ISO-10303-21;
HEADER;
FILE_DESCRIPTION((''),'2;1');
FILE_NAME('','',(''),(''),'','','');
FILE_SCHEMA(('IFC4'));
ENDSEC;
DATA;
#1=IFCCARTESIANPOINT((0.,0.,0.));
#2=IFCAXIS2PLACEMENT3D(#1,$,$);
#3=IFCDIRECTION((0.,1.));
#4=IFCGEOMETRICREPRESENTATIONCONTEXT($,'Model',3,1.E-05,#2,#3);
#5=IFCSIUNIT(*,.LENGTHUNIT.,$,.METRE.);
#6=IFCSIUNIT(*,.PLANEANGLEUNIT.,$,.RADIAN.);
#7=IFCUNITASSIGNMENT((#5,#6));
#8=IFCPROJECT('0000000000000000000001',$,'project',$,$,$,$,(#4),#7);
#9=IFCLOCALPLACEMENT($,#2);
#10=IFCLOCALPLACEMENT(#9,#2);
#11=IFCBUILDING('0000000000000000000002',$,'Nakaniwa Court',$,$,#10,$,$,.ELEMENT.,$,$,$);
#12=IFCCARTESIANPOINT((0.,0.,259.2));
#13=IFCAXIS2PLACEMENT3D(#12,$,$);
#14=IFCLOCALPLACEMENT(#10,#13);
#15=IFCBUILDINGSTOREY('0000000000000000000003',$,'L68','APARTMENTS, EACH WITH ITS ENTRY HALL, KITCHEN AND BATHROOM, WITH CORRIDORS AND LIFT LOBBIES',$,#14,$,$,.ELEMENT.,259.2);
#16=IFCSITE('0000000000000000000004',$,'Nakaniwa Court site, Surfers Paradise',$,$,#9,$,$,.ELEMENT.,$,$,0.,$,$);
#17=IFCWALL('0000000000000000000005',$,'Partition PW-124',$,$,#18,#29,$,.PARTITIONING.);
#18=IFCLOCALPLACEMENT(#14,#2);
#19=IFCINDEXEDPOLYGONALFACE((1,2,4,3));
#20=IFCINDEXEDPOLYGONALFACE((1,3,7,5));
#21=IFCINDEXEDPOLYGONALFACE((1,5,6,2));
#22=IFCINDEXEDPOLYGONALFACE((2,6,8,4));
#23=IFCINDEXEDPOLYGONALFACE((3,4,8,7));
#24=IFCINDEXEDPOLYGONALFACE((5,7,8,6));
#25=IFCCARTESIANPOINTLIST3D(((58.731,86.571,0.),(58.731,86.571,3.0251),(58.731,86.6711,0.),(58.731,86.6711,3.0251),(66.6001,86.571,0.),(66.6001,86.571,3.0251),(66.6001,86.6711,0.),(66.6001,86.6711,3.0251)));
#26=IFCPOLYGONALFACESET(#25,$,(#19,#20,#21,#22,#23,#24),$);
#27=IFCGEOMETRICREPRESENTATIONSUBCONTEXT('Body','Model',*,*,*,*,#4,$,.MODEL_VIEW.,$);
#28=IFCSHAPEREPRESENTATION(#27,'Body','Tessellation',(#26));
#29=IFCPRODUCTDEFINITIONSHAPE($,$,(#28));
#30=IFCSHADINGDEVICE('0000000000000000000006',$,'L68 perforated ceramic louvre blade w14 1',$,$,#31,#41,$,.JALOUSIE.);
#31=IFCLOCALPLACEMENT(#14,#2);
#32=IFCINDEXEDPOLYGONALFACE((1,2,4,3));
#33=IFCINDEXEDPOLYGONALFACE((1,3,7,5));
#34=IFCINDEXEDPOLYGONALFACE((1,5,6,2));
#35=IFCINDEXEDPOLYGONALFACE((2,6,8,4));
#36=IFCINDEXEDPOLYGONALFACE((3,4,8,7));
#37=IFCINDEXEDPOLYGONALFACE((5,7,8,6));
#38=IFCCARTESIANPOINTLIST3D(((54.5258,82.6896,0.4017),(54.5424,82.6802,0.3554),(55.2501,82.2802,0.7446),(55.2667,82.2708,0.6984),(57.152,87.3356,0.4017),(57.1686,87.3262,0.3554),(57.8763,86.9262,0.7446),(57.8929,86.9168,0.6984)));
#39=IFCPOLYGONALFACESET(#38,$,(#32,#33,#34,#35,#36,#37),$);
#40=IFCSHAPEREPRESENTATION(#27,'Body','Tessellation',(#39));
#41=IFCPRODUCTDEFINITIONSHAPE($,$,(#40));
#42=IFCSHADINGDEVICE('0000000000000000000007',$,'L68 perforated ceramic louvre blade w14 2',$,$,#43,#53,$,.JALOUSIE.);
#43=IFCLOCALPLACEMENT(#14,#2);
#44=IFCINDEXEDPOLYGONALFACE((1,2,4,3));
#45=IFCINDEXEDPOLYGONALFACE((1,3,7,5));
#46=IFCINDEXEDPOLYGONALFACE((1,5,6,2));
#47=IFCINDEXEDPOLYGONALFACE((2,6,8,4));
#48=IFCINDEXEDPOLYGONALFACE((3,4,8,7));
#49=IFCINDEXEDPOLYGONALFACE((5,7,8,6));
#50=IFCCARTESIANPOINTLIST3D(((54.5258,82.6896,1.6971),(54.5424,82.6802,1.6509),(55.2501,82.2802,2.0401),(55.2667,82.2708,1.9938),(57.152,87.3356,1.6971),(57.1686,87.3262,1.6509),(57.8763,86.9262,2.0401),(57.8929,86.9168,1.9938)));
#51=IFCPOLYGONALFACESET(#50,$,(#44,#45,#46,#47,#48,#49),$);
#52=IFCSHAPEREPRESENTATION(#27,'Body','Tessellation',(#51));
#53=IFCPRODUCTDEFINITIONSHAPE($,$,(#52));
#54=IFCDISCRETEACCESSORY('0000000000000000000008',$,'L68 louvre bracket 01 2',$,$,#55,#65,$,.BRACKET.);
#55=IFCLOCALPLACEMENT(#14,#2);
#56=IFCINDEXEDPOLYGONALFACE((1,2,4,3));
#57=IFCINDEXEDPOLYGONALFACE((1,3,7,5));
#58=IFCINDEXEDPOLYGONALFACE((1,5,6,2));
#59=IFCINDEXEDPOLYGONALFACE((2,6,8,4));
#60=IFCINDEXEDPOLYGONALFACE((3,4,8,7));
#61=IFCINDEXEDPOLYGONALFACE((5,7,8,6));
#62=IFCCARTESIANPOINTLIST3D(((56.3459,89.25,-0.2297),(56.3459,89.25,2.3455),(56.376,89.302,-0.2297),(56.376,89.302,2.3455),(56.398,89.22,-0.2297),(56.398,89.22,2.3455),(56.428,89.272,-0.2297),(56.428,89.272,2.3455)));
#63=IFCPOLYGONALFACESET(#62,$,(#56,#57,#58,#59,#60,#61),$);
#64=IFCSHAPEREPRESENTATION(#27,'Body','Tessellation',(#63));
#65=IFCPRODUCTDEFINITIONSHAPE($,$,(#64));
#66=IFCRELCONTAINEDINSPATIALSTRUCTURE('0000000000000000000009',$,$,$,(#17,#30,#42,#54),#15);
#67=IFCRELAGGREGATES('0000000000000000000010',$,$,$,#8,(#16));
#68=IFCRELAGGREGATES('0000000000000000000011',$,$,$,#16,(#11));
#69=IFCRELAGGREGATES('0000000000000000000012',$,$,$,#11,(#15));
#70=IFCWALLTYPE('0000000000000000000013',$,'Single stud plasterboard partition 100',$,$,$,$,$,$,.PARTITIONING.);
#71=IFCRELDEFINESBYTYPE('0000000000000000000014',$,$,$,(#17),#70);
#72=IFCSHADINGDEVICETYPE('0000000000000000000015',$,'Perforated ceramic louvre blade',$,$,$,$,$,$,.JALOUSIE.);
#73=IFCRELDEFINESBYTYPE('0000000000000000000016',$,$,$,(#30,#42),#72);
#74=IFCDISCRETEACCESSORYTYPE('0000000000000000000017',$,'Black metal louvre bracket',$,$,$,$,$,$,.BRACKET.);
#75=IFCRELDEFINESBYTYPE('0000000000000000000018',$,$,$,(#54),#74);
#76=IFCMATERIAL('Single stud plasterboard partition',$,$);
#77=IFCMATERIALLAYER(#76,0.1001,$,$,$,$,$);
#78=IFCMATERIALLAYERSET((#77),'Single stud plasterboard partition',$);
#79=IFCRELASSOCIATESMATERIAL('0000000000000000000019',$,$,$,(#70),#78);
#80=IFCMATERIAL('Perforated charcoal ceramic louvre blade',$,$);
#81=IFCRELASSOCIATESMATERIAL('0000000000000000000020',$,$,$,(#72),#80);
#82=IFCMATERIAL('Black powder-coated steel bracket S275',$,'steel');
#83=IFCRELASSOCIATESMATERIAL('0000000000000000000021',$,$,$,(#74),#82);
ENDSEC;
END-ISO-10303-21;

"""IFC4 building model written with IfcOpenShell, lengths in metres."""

from ifc_helpers import new_model, si_unit, direction, frame, frame_2d, origin, origin_2d, place, context, subcontext, project, spatial, rectangle, extrude, material, layer, layer_set, material_profile, profile_set, type_object, element, save


model = new_model("IFC4")

# Units and contexts
model_context = context("Model", 3, precision=1e-05, world=origin(), true_north=direction((0.0, 1.0)))
body_context = subcontext(model_context, "Body", "Model", "MODEL_VIEW")
ifc_project = project(units=[si_unit("LENGTHUNIT", "METRE"), si_unit("PLANEANGLEUNIT", "RADIAN")], contexts=[model_context])

# Site, building, storey
site_placement = place(None, origin())
site = spatial("IfcSite", under=ifc_project, at=site_placement, Name="Nakaniwa Court site, Surfers Paradise", CompositionType="ELEMENT", RefElevation=0.0)
building_placement = place(site_placement, origin())
building = spatial("IfcBuilding", under=site, at=building_placement, Name="Nakaniwa Court", CompositionType="ELEMENT")
storey_placement = place(building_placement, frame((0.0, 0.0, 259.2)))
storey = spatial("IfcBuildingStorey", under=building, at=storey_placement, Name="L68", Description="APARTMENTS, EACH WITH ITS ENTRY HALL, KITCHEN AND BATHROOM, WITH CORRIDORS AND LIFT LOBBIES", CompositionType="ELEMENT", Elevation=259.2)

# Wall
ifc_material_1 = material(Name="Single stud plasterboard partition")
ifc_layer_1 = layer(ifc_material_1, 0.1001)
ifc_layer_set_1 = layer_set([ifc_layer_1], Name="Single stud plasterboard partition")
wall_type_1 = type_object("IfcWallType", Name="Single stud plasterboard partition 100", PredefinedType="PARTITIONING", material=ifc_layer_set_1)
wall_1_placement = place(storey_placement, frame((58.731, 86.6211, 0.0), z_axis=(0.0, 0.0, 1.0), x_axis=(1.0, 0.0, 0.0)))
element("IfcWall", 1, at=wall_1_placement, inside=storey, type_object=wall_type_1, Name="Partition PW-124", PredefinedType="PARTITIONING", context=body_context, shape_type="SweptSolid", body=[
    extrude(rectangle(XDim=7.8691, YDim=0.1001, at=frame_2d((3.9346, 0.0))), origin(), (0.0, 0.0, 1.0), 3.0251),
])

# Shading devices
ifc_material_2 = material(Name="Perforated charcoal ceramic louvre blade")
ifc_material_profile_1 = material_profile(ifc_material_2, rectangle(XDim=0.8999, YDim=0.05, at=origin_2d()), Name="Perforated ceramic louvre blade")
ifc_profile_set_1 = profile_set([ifc_material_profile_1], Name="Perforated charcoal ceramic louvre blade")
shading_device_type = type_object("IfcShadingDeviceType", Name="Perforated ceramic louvre blade", PredefinedType="JALOUSIE", material=ifc_profile_set_1)
for number, where, z_axis, x_axis, name in (
    (2, (57.5225, 87.1262, 0.55), (-0.492089, -0.870545, 0.0), (0.804859, -0.454959, 0.38107), "L68 perforated ceramic louvre blade w14 1"),
    (3, (57.5225, 87.1262, 1.8455), (-0.492089, -0.870545, 0.0), (0.804859, -0.454959, 0.38107), "L68 perforated ceramic louvre blade w14 2"),
):
    element("IfcShadingDevice", number, at=place(storey_placement, frame(where, z_axis=z_axis, x_axis=x_axis)), inside=storey, type_object=shading_device_type, Name=name, PredefinedType="JALOUSIE", context=body_context, shape_type="SweptSolid", body=[
        extrude(rectangle(XDim=0.8999, YDim=0.05, at=origin_2d()), origin(), (0.0, 0.0, 1.0), 5.3369),
    ])

# Discrete accessory
ifc_material_3 = material(Name="Black powder-coated steel bracket S275", Category="steel")
discrete_accessory_type = type_object("IfcDiscreteAccessoryType", Name="Black metal louvre bracket", PredefinedType="BRACKET", material=ifc_material_3)
discrete_accessory_placement = place(storey_placement, frame((56.387, 89.261, -0.2297), z_axis=(0.0, 0.0, 1.0), x_axis=(-0.499986, -0.866033, 0.0)))
element("IfcDiscreteAccessory", 4, at=discrete_accessory_placement, inside=storey, type_object=discrete_accessory_type, Name="L68 louvre bracket 01 2", PredefinedType="BRACKET", context=body_context, shape_type="SweptSolid", body=[
    extrude(rectangle(XDim=0.0601, YDim=0.0601, at=origin_2d()), origin(), (0.0, 0.0, 1.0), 2.5752),
])

save(model, "model.ifc")
